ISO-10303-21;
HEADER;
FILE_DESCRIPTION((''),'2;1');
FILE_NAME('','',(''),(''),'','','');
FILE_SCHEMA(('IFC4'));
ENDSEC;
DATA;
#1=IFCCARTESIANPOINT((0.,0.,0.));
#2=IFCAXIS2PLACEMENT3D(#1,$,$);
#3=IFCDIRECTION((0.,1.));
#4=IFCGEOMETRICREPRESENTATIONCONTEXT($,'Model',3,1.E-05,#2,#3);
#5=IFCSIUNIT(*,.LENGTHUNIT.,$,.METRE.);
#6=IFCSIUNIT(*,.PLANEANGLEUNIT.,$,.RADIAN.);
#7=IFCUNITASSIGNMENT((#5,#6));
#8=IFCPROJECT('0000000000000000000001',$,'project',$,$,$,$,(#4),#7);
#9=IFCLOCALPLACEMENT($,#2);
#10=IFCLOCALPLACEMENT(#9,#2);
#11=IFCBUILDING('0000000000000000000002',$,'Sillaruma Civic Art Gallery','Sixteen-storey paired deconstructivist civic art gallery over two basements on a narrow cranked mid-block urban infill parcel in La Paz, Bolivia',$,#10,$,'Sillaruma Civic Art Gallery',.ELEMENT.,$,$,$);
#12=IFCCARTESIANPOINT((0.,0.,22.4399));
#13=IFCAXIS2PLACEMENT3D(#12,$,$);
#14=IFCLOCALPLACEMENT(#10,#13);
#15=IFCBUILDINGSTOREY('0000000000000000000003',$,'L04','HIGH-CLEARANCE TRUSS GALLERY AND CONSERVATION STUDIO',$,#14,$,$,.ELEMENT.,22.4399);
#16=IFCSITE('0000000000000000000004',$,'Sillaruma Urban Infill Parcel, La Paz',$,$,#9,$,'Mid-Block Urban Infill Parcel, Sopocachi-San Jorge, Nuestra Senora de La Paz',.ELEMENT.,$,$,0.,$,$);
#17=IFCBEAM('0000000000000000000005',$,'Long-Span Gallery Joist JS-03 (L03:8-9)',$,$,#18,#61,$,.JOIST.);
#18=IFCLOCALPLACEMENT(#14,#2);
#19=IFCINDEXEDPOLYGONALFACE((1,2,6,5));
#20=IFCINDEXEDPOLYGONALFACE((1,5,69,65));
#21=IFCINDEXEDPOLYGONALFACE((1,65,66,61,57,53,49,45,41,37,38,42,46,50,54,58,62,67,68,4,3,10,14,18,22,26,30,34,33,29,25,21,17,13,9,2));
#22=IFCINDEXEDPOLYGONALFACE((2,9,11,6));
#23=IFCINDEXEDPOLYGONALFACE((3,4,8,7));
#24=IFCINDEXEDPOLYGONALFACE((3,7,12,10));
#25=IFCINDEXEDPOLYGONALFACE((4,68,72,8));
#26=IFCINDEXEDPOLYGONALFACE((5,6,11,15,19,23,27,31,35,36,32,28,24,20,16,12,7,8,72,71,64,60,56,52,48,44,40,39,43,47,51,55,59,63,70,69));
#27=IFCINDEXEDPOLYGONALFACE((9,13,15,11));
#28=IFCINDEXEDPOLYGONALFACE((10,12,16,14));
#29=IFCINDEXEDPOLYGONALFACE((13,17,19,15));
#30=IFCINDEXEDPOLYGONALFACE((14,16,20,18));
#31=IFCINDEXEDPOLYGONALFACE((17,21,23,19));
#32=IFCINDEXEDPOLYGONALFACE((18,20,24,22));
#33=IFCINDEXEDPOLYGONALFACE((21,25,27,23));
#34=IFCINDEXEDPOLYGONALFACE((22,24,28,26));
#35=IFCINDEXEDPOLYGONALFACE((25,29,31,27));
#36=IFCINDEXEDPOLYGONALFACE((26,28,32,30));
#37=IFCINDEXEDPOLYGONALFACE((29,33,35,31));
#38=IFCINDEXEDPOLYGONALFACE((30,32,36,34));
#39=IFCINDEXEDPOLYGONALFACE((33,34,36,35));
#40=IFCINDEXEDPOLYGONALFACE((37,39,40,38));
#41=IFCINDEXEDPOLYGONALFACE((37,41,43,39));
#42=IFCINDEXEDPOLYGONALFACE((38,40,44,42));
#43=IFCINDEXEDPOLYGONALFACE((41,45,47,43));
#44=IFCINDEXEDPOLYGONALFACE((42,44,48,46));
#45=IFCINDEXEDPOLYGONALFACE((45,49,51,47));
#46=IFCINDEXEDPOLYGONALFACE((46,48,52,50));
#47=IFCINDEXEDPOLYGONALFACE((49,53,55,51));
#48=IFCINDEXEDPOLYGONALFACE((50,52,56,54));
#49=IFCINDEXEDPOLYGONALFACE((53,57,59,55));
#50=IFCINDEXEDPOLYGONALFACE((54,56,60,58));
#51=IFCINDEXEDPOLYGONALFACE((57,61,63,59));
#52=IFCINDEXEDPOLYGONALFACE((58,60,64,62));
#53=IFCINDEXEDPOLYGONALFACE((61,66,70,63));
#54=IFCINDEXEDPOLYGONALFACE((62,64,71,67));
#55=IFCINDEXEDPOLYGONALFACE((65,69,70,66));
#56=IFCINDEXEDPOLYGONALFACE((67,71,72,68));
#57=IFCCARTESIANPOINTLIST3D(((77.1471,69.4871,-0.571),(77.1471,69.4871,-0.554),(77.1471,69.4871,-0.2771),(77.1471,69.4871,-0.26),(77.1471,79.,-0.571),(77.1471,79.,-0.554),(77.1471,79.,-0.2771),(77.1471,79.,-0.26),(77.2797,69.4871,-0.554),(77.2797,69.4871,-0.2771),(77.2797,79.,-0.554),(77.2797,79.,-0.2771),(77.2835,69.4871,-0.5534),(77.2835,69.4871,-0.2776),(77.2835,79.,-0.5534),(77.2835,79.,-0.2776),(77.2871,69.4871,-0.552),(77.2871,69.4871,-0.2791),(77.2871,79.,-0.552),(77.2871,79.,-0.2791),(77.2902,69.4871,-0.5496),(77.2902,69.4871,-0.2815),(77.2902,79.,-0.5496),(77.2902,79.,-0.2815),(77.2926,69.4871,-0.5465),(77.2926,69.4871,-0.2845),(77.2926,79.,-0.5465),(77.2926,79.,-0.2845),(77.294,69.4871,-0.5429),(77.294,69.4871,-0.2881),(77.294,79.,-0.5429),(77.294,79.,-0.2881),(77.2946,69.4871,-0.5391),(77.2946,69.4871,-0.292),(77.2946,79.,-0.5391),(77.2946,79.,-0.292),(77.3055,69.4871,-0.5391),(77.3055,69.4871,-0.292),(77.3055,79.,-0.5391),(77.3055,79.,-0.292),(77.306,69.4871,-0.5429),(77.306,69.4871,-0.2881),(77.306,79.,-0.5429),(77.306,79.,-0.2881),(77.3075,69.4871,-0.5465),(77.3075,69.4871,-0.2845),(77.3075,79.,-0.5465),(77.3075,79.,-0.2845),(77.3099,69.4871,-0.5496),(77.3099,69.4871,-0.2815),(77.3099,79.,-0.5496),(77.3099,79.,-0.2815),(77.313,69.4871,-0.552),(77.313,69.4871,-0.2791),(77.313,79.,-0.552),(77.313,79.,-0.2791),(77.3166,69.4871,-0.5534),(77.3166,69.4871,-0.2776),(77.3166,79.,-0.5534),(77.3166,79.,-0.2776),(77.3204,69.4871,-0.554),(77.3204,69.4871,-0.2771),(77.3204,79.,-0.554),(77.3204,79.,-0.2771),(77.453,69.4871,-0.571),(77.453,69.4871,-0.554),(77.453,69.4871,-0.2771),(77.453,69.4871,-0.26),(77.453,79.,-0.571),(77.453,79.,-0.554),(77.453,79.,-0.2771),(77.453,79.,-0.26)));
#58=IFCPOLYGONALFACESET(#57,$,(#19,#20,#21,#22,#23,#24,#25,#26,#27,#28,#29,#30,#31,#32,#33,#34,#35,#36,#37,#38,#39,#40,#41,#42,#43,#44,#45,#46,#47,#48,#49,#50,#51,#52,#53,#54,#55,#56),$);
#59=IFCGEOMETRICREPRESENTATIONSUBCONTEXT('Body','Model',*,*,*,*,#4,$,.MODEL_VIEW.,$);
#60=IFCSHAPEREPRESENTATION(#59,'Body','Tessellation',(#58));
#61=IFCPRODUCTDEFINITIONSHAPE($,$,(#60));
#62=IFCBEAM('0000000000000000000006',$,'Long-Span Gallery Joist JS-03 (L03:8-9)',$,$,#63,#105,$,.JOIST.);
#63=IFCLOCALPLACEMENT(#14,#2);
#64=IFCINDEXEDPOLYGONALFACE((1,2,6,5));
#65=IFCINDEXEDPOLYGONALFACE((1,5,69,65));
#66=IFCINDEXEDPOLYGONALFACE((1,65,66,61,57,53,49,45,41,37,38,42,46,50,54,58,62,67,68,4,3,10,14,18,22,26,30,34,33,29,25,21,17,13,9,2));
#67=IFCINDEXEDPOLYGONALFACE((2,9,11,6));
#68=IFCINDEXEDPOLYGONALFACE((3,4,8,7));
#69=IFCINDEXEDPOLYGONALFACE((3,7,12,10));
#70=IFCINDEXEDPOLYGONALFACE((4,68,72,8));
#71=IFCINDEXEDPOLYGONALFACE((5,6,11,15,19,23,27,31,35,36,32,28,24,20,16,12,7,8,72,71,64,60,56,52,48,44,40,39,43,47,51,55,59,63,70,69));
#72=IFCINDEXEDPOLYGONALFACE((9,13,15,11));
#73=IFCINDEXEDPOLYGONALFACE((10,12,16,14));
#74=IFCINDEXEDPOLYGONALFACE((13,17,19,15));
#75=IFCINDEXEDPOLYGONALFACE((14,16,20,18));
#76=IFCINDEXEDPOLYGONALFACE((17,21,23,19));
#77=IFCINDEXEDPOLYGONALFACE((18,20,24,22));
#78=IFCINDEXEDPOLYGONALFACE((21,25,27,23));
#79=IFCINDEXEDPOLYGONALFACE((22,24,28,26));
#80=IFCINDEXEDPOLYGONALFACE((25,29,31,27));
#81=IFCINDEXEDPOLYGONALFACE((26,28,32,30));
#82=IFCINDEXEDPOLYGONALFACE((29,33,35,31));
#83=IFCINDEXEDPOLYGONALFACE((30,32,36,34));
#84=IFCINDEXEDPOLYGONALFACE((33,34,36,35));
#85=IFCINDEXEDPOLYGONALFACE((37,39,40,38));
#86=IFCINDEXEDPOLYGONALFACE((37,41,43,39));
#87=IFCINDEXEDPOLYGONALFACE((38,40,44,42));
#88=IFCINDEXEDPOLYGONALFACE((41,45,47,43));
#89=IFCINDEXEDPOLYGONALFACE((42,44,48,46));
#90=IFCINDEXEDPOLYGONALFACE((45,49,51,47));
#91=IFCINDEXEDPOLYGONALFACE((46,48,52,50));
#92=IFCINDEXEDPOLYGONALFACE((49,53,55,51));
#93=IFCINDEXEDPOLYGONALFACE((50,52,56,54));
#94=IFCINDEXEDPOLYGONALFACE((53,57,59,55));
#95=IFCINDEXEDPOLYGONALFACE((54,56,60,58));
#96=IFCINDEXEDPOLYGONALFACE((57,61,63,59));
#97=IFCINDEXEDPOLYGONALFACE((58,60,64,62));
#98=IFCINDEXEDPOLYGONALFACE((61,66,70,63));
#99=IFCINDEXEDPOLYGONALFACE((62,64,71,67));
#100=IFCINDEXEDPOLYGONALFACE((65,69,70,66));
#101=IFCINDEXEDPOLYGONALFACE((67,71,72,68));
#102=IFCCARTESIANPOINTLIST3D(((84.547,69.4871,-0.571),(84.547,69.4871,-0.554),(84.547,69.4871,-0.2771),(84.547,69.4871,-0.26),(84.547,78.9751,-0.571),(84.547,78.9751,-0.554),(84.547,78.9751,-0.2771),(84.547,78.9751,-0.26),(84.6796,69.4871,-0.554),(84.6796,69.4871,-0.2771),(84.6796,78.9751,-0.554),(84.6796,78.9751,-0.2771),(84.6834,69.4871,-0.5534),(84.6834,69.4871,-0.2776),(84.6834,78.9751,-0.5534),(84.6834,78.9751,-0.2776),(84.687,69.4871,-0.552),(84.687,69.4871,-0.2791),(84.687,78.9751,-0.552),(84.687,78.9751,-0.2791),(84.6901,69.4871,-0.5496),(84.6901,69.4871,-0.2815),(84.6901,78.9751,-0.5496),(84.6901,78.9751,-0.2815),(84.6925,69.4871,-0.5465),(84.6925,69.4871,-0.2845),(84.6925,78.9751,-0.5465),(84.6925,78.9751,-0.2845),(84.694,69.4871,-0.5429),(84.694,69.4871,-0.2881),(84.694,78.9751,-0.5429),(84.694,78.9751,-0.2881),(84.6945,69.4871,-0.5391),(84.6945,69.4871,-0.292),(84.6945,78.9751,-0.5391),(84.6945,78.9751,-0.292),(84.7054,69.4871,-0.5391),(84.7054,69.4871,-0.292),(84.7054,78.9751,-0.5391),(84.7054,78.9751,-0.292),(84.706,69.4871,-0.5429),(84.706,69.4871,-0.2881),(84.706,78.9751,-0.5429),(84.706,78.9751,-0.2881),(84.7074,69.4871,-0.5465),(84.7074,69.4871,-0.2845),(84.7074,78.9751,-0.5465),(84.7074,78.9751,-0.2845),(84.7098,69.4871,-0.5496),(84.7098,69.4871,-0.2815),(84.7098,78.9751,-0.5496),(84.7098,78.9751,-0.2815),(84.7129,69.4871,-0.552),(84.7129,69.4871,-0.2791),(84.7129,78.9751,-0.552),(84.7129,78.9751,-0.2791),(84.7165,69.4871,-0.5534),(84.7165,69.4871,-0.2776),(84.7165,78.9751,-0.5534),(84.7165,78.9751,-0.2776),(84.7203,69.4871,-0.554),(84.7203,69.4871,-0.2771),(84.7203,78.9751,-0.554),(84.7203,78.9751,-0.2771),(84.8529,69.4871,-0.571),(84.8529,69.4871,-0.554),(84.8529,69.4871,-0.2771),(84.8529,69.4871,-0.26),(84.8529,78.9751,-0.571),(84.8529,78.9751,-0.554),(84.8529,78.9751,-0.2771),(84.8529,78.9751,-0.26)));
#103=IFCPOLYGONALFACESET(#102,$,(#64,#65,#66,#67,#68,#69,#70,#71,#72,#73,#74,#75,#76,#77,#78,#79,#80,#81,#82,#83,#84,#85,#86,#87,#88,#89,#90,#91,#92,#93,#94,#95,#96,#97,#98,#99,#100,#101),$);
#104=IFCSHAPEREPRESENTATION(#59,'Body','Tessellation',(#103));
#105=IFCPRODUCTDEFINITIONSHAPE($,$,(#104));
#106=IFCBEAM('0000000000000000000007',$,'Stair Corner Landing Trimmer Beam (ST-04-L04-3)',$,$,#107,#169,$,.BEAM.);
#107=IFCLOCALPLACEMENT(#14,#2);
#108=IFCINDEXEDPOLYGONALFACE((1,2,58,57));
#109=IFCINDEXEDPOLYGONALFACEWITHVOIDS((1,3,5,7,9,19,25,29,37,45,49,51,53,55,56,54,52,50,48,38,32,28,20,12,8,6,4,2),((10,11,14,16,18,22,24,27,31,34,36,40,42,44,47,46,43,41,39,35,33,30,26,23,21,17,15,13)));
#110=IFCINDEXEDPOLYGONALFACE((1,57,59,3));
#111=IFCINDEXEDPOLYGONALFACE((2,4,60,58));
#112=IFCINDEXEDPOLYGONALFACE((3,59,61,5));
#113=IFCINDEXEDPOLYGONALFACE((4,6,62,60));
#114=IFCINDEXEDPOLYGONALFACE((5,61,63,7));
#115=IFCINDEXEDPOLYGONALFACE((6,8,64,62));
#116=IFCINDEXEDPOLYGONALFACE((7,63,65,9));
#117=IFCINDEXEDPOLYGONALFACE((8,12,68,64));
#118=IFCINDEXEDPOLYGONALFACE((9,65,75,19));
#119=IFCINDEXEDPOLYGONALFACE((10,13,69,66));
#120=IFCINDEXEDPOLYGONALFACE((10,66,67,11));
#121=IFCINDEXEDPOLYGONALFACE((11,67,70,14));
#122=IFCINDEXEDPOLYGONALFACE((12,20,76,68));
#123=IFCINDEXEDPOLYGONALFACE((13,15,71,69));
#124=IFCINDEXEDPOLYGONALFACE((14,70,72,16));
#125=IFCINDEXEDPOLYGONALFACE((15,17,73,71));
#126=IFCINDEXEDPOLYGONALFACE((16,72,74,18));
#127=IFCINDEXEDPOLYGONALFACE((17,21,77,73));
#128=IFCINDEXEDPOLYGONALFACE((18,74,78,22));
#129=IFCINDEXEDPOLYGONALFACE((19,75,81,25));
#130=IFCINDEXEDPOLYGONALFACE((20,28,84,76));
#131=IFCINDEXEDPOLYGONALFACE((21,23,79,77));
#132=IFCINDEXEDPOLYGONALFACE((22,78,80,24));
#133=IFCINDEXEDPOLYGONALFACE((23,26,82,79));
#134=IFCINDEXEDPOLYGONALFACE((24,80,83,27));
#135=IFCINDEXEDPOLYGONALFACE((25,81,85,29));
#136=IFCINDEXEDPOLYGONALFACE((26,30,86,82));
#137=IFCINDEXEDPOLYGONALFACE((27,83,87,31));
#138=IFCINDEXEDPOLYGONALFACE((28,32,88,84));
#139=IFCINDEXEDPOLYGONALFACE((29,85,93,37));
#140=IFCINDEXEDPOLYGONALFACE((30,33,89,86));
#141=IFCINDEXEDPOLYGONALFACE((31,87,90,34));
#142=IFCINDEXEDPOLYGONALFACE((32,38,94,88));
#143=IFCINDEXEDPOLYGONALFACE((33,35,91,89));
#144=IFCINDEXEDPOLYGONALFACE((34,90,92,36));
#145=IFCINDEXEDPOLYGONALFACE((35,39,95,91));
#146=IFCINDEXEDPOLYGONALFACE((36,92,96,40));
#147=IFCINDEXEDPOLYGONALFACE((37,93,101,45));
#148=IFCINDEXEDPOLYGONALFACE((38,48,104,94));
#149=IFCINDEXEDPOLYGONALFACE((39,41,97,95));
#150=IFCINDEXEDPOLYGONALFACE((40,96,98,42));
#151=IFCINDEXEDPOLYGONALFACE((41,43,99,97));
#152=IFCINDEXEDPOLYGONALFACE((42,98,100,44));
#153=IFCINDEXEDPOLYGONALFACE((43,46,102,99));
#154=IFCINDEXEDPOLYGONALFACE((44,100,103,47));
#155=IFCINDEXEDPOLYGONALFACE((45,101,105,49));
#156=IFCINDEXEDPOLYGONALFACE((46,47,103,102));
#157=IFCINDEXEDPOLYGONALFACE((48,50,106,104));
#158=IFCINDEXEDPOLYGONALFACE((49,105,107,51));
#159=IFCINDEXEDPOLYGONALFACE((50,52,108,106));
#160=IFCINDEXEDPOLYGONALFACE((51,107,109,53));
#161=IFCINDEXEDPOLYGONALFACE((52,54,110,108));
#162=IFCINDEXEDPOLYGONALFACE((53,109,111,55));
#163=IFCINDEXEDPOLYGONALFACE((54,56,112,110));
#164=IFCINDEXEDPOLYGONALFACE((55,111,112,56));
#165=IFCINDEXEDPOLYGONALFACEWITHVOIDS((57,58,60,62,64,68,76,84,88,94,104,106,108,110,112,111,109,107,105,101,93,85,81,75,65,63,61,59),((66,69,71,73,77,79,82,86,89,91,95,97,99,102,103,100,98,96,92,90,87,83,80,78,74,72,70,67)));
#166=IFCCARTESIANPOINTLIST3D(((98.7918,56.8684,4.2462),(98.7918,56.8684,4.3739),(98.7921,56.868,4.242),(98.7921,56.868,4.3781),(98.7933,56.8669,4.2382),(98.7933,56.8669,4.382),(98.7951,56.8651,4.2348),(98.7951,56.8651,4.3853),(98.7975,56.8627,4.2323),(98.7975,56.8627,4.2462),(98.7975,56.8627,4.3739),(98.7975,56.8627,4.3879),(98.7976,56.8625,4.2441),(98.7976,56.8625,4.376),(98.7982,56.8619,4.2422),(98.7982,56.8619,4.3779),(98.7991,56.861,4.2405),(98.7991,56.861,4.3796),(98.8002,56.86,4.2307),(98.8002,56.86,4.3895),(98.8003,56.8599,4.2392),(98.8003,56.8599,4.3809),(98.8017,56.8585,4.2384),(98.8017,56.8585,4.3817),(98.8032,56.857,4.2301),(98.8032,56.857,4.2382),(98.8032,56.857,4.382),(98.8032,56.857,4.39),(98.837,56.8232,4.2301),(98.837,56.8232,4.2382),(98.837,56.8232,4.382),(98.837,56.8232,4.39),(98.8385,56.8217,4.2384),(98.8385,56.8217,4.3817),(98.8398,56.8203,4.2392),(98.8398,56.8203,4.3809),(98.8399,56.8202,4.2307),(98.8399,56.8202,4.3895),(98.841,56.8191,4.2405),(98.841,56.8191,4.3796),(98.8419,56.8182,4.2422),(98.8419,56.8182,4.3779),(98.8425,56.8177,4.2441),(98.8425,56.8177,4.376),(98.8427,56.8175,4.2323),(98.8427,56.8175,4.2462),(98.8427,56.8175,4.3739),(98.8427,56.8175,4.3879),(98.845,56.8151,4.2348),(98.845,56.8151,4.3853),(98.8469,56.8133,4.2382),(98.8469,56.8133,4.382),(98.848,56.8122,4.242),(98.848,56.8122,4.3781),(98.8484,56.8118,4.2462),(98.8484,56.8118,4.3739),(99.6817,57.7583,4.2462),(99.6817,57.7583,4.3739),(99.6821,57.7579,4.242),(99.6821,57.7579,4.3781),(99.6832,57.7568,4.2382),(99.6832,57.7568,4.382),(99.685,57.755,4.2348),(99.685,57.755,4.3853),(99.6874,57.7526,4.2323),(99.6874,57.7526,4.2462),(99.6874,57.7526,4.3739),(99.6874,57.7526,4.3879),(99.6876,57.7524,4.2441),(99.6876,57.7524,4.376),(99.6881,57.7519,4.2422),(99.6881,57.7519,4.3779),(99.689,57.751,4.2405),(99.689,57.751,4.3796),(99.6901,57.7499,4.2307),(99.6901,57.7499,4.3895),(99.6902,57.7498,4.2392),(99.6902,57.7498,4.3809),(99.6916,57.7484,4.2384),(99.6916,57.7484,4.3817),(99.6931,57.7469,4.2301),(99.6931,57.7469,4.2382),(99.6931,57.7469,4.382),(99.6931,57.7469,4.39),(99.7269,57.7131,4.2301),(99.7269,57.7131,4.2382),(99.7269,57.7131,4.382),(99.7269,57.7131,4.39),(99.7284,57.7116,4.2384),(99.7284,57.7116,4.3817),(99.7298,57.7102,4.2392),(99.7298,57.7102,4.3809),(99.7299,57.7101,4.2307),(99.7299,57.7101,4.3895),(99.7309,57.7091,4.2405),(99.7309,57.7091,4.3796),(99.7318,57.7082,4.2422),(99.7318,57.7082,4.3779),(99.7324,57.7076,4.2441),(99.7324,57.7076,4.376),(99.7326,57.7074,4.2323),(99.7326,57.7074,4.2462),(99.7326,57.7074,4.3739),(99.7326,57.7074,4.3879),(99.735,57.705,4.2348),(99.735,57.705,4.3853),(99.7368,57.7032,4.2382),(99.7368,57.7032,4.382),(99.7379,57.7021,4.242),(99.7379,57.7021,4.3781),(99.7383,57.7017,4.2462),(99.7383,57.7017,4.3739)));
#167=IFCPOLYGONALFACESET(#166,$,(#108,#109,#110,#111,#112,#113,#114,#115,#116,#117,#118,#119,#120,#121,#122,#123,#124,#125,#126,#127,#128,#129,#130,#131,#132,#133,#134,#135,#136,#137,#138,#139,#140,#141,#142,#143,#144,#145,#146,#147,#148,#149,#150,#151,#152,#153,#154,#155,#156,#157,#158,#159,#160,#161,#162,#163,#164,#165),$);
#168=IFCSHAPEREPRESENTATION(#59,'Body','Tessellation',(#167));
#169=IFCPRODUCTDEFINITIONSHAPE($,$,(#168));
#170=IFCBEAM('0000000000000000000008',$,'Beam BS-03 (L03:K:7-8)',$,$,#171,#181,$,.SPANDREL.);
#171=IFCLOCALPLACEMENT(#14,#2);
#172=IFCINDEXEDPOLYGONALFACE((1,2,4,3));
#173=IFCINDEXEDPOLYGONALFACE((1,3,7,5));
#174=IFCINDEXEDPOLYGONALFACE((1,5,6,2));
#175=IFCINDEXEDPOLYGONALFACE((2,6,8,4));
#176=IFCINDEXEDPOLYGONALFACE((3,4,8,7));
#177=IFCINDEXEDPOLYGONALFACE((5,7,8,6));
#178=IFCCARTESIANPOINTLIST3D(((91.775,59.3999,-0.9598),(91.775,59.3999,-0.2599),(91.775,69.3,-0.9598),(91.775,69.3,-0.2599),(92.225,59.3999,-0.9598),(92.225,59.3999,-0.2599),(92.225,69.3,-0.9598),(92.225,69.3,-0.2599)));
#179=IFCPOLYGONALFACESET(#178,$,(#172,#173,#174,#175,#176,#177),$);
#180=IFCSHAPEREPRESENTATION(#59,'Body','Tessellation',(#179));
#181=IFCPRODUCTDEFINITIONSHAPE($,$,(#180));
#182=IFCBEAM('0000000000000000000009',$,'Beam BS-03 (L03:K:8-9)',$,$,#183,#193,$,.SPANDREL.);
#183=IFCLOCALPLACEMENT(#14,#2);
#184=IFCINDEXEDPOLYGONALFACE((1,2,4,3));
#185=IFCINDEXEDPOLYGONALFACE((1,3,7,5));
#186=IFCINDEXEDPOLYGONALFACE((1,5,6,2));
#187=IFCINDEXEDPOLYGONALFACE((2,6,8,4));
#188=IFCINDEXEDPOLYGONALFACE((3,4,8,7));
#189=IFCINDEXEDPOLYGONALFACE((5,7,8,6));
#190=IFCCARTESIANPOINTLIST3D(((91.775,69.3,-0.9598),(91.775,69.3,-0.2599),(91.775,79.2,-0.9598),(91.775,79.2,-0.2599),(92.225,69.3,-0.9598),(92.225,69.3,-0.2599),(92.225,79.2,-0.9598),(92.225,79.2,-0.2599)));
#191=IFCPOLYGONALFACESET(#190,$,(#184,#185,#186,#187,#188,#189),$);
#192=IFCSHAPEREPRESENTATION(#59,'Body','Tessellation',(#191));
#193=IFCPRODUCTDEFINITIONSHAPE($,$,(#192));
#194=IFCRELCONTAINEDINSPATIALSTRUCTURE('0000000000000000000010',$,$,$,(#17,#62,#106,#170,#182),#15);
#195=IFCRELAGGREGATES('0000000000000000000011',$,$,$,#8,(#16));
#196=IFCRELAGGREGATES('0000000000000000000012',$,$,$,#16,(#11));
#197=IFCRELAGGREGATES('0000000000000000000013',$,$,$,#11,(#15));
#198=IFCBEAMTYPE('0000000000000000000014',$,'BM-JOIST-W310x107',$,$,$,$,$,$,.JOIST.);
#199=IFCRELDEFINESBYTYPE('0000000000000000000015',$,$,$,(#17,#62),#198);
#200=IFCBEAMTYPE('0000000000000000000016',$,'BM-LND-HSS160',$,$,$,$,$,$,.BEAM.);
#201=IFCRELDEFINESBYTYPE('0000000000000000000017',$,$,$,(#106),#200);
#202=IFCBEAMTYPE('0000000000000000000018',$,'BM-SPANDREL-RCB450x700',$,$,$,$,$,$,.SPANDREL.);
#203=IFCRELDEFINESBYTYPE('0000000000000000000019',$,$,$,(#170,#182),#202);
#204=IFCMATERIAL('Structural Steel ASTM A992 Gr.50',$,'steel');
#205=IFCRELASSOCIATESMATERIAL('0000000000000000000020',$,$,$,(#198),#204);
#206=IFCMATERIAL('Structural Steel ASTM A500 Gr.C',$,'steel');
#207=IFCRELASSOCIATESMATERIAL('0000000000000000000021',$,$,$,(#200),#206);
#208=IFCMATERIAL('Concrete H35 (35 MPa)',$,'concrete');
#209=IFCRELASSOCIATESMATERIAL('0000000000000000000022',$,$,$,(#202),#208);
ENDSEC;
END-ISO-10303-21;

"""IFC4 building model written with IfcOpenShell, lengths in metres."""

from ifc_helpers import new_model, si_unit, direction, frame, origin, origin_2d, place, context, subcontext, project, spatial, rectangle, hollow_rectangle, i_section, extrude, material, material_profile, profile_set, type_object, element, save


model = new_model("IFC4")

# Units and contexts
model_context = context("Model", 3, precision=1e-05, world=origin(), true_north=direction((0.0, 1.0)))
body_context = subcontext(model_context, "Body", "Model", "MODEL_VIEW")
ifc_project = project(units=[si_unit("LENGTHUNIT", "METRE"), si_unit("PLANEANGLEUNIT", "RADIAN")], contexts=[model_context])

# Site, building, storey
site_placement = place(None, origin())
site = spatial("IfcSite", under=ifc_project, at=site_placement, Name="Sillaruma Urban Infill Parcel, La Paz", LongName="Mid-Block Urban Infill Parcel, Sopocachi-San Jorge, Nuestra Senora de La Paz", CompositionType="ELEMENT", RefElevation=0.0)
building_placement = place(site_placement, origin())
building = spatial("IfcBuilding", under=site, at=building_placement, Name="Sillaruma Civic Art Gallery", Description="Sixteen-storey paired deconstructivist civic art gallery over two basements on a narrow cranked mid-block urban infill parcel in La Paz, Bolivia", LongName="Sillaruma Civic Art Gallery", CompositionType="ELEMENT")
storey_placement = place(building_placement, frame((0.0, 0.0, 22.4399)))
storey = spatial("IfcBuildingStorey", under=building, at=storey_placement, Name="L04", Description="HIGH-CLEARANCE TRUSS GALLERY AND CONSERVATION STUDIO", CompositionType="ELEMENT", Elevation=22.4399)

# Beams
ifc_material_1 = material(Name="Concrete H35 (35 MPa)", Category="concrete")
ifc_material_2 = material(Name="Structural Steel ASTM A992 Gr.50", Category="steel")
ifc_material_profile_1 = material_profile(ifc_material_2, i_section(OverallWidth=0.3059, OverallDepth=0.311, WebThickness=0.011, FlangeThickness=0.0171, FilletRadius=0.0149, at=origin_2d()), Name="W310x107")
ifc_profile_set_1 = profile_set([ifc_material_profile_1], Name="Structural Steel ASTM A992 Gr.50")
beam_type_1 = type_object("IfcBeamType", Name="BM-JOIST-W310x107", PredefinedType="JOIST", material=ifc_profile_set_1)
beam_1_placement = place(storey_placement, frame((77.3, 69.4871, -0.4155), z_axis=(0.0, 1.0, 0.0), x_axis=(-1.0, 0.0, 0.0)))
element("IfcBeam", 1, at=beam_1_placement, inside=storey, type_object=beam_type_1, Name="Long-Span Gallery Joist JS-03 (L03:8-9)", PredefinedType="JOIST", context=body_context, shape_type="SweptSolid", body=[
    extrude(i_section(OverallWidth=0.3059, OverallDepth=0.311, WebThickness=0.011, FlangeThickness=0.0171, FilletRadius=0.0149, at=origin_2d()), origin(), (0.0, 0.0, 1.0), 9.5129),
])
beam_2_placement = place(storey_placement, frame((84.7, 69.4871, -0.4155), z_axis=(0.0, 1.0, 0.0), x_axis=(-1.0, 0.0, 0.0)))
element("IfcBeam", 2, at=beam_2_placement, inside=storey, type_object=beam_type_1, Name="Long-Span Gallery Joist JS-03 (L03:8-9)", PredefinedType="JOIST", context=body_context, shape_type="SweptSolid", body=[
    extrude(i_section(OverallWidth=0.3059, OverallDepth=0.311, WebThickness=0.011, FlangeThickness=0.0171, FilletRadius=0.0149, at=origin_2d()), origin(), (0.0, 0.0, 1.0), 9.488),
])
ifc_material_3 = material(Name="Structural Steel ASTM A500 Gr.C", Category="steel")
ifc_material_profile_2 = material_profile(ifc_material_3, hollow_rectangle(XDim=0.0801, YDim=0.1599, WallThickness=0.0081, InnerFilletRadius=0.0081, OuterFilletRadius=0.0161, at=origin_2d()), Name="HSS160x80x8")
ifc_profile_set_2 = profile_set([ifc_material_profile_2], Name="Structural Steel ASTM A500 Gr.C")
beam_type_2 = type_object("IfcBeamType", Name="BM-LND-HSS160", PredefinedType="BEAM", material=ifc_profile_set_2)
beam_3_placement = place(storey_placement, frame((98.8201, 56.8401, 4.3101), z_axis=(0.707107, 0.707107, 0.0), x_axis=(-0.707107, 0.707107, 0.0)))
element("IfcBeam", 3, at=beam_3_placement, inside=storey, type_object=beam_type_2, Name="Stair Corner Landing Trimmer Beam (ST-04-L04-3)", PredefinedType="BEAM", context=body_context, shape_type="SweptSolid", body=[
    extrude(hollow_rectangle(XDim=0.0801, YDim=0.1599, WallThickness=0.0081, InnerFilletRadius=0.0081, OuterFilletRadius=0.0161, at=origin_2d()), origin(), (0.0, 0.0, 1.0), 1.2585),
])
ifc_material_profile_3 = material_profile(ifc_material_1, rectangle(XDim=0.45, YDim=0.7, at=origin_2d()), Name="RCB450x700")
ifc_profile_set_3 = profile_set([ifc_material_profile_3], Name="Concrete H35 (35 MPa)")
beam_type_3 = type_object("IfcBeamType", Name="BM-SPANDREL-RCB450x700", PredefinedType="SPANDREL", material=ifc_profile_set_3)
beam_4_placement = place(storey_placement, frame((92.0, 59.3999, -0.6099), z_axis=(0.0, 1.0, 0.0), x_axis=(-1.0, 0.0, 0.0)))
element("IfcBeam", 4, at=beam_4_placement, inside=storey, type_object=beam_type_3, Name="Beam BS-03 (L03:K:7-8)", PredefinedType="SPANDREL", context=body_context, shape_type="SweptSolid", body=[
    extrude(rectangle(XDim=0.45, YDim=0.7, at=origin_2d()), origin(), (0.0, 0.0, 1.0), 9.9001),
])
beam_5_placement = place(storey_placement, frame((92.0, 69.3, -0.6099), z_axis=(0.0, 1.0, 0.0), x_axis=(-1.0, 0.0, 0.0)))
element("IfcBeam", 5, at=beam_5_placement, inside=storey, type_object=beam_type_3, Name="Beam BS-03 (L03:K:8-9)", PredefinedType="SPANDREL", context=body_context, shape_type="SweptSolid", body=[
    extrude(rectangle(XDim=0.45, YDim=0.7, at=origin_2d()), origin(), (0.0, 0.0, 1.0), 9.8999),
])

save(model, "model.ifc")
